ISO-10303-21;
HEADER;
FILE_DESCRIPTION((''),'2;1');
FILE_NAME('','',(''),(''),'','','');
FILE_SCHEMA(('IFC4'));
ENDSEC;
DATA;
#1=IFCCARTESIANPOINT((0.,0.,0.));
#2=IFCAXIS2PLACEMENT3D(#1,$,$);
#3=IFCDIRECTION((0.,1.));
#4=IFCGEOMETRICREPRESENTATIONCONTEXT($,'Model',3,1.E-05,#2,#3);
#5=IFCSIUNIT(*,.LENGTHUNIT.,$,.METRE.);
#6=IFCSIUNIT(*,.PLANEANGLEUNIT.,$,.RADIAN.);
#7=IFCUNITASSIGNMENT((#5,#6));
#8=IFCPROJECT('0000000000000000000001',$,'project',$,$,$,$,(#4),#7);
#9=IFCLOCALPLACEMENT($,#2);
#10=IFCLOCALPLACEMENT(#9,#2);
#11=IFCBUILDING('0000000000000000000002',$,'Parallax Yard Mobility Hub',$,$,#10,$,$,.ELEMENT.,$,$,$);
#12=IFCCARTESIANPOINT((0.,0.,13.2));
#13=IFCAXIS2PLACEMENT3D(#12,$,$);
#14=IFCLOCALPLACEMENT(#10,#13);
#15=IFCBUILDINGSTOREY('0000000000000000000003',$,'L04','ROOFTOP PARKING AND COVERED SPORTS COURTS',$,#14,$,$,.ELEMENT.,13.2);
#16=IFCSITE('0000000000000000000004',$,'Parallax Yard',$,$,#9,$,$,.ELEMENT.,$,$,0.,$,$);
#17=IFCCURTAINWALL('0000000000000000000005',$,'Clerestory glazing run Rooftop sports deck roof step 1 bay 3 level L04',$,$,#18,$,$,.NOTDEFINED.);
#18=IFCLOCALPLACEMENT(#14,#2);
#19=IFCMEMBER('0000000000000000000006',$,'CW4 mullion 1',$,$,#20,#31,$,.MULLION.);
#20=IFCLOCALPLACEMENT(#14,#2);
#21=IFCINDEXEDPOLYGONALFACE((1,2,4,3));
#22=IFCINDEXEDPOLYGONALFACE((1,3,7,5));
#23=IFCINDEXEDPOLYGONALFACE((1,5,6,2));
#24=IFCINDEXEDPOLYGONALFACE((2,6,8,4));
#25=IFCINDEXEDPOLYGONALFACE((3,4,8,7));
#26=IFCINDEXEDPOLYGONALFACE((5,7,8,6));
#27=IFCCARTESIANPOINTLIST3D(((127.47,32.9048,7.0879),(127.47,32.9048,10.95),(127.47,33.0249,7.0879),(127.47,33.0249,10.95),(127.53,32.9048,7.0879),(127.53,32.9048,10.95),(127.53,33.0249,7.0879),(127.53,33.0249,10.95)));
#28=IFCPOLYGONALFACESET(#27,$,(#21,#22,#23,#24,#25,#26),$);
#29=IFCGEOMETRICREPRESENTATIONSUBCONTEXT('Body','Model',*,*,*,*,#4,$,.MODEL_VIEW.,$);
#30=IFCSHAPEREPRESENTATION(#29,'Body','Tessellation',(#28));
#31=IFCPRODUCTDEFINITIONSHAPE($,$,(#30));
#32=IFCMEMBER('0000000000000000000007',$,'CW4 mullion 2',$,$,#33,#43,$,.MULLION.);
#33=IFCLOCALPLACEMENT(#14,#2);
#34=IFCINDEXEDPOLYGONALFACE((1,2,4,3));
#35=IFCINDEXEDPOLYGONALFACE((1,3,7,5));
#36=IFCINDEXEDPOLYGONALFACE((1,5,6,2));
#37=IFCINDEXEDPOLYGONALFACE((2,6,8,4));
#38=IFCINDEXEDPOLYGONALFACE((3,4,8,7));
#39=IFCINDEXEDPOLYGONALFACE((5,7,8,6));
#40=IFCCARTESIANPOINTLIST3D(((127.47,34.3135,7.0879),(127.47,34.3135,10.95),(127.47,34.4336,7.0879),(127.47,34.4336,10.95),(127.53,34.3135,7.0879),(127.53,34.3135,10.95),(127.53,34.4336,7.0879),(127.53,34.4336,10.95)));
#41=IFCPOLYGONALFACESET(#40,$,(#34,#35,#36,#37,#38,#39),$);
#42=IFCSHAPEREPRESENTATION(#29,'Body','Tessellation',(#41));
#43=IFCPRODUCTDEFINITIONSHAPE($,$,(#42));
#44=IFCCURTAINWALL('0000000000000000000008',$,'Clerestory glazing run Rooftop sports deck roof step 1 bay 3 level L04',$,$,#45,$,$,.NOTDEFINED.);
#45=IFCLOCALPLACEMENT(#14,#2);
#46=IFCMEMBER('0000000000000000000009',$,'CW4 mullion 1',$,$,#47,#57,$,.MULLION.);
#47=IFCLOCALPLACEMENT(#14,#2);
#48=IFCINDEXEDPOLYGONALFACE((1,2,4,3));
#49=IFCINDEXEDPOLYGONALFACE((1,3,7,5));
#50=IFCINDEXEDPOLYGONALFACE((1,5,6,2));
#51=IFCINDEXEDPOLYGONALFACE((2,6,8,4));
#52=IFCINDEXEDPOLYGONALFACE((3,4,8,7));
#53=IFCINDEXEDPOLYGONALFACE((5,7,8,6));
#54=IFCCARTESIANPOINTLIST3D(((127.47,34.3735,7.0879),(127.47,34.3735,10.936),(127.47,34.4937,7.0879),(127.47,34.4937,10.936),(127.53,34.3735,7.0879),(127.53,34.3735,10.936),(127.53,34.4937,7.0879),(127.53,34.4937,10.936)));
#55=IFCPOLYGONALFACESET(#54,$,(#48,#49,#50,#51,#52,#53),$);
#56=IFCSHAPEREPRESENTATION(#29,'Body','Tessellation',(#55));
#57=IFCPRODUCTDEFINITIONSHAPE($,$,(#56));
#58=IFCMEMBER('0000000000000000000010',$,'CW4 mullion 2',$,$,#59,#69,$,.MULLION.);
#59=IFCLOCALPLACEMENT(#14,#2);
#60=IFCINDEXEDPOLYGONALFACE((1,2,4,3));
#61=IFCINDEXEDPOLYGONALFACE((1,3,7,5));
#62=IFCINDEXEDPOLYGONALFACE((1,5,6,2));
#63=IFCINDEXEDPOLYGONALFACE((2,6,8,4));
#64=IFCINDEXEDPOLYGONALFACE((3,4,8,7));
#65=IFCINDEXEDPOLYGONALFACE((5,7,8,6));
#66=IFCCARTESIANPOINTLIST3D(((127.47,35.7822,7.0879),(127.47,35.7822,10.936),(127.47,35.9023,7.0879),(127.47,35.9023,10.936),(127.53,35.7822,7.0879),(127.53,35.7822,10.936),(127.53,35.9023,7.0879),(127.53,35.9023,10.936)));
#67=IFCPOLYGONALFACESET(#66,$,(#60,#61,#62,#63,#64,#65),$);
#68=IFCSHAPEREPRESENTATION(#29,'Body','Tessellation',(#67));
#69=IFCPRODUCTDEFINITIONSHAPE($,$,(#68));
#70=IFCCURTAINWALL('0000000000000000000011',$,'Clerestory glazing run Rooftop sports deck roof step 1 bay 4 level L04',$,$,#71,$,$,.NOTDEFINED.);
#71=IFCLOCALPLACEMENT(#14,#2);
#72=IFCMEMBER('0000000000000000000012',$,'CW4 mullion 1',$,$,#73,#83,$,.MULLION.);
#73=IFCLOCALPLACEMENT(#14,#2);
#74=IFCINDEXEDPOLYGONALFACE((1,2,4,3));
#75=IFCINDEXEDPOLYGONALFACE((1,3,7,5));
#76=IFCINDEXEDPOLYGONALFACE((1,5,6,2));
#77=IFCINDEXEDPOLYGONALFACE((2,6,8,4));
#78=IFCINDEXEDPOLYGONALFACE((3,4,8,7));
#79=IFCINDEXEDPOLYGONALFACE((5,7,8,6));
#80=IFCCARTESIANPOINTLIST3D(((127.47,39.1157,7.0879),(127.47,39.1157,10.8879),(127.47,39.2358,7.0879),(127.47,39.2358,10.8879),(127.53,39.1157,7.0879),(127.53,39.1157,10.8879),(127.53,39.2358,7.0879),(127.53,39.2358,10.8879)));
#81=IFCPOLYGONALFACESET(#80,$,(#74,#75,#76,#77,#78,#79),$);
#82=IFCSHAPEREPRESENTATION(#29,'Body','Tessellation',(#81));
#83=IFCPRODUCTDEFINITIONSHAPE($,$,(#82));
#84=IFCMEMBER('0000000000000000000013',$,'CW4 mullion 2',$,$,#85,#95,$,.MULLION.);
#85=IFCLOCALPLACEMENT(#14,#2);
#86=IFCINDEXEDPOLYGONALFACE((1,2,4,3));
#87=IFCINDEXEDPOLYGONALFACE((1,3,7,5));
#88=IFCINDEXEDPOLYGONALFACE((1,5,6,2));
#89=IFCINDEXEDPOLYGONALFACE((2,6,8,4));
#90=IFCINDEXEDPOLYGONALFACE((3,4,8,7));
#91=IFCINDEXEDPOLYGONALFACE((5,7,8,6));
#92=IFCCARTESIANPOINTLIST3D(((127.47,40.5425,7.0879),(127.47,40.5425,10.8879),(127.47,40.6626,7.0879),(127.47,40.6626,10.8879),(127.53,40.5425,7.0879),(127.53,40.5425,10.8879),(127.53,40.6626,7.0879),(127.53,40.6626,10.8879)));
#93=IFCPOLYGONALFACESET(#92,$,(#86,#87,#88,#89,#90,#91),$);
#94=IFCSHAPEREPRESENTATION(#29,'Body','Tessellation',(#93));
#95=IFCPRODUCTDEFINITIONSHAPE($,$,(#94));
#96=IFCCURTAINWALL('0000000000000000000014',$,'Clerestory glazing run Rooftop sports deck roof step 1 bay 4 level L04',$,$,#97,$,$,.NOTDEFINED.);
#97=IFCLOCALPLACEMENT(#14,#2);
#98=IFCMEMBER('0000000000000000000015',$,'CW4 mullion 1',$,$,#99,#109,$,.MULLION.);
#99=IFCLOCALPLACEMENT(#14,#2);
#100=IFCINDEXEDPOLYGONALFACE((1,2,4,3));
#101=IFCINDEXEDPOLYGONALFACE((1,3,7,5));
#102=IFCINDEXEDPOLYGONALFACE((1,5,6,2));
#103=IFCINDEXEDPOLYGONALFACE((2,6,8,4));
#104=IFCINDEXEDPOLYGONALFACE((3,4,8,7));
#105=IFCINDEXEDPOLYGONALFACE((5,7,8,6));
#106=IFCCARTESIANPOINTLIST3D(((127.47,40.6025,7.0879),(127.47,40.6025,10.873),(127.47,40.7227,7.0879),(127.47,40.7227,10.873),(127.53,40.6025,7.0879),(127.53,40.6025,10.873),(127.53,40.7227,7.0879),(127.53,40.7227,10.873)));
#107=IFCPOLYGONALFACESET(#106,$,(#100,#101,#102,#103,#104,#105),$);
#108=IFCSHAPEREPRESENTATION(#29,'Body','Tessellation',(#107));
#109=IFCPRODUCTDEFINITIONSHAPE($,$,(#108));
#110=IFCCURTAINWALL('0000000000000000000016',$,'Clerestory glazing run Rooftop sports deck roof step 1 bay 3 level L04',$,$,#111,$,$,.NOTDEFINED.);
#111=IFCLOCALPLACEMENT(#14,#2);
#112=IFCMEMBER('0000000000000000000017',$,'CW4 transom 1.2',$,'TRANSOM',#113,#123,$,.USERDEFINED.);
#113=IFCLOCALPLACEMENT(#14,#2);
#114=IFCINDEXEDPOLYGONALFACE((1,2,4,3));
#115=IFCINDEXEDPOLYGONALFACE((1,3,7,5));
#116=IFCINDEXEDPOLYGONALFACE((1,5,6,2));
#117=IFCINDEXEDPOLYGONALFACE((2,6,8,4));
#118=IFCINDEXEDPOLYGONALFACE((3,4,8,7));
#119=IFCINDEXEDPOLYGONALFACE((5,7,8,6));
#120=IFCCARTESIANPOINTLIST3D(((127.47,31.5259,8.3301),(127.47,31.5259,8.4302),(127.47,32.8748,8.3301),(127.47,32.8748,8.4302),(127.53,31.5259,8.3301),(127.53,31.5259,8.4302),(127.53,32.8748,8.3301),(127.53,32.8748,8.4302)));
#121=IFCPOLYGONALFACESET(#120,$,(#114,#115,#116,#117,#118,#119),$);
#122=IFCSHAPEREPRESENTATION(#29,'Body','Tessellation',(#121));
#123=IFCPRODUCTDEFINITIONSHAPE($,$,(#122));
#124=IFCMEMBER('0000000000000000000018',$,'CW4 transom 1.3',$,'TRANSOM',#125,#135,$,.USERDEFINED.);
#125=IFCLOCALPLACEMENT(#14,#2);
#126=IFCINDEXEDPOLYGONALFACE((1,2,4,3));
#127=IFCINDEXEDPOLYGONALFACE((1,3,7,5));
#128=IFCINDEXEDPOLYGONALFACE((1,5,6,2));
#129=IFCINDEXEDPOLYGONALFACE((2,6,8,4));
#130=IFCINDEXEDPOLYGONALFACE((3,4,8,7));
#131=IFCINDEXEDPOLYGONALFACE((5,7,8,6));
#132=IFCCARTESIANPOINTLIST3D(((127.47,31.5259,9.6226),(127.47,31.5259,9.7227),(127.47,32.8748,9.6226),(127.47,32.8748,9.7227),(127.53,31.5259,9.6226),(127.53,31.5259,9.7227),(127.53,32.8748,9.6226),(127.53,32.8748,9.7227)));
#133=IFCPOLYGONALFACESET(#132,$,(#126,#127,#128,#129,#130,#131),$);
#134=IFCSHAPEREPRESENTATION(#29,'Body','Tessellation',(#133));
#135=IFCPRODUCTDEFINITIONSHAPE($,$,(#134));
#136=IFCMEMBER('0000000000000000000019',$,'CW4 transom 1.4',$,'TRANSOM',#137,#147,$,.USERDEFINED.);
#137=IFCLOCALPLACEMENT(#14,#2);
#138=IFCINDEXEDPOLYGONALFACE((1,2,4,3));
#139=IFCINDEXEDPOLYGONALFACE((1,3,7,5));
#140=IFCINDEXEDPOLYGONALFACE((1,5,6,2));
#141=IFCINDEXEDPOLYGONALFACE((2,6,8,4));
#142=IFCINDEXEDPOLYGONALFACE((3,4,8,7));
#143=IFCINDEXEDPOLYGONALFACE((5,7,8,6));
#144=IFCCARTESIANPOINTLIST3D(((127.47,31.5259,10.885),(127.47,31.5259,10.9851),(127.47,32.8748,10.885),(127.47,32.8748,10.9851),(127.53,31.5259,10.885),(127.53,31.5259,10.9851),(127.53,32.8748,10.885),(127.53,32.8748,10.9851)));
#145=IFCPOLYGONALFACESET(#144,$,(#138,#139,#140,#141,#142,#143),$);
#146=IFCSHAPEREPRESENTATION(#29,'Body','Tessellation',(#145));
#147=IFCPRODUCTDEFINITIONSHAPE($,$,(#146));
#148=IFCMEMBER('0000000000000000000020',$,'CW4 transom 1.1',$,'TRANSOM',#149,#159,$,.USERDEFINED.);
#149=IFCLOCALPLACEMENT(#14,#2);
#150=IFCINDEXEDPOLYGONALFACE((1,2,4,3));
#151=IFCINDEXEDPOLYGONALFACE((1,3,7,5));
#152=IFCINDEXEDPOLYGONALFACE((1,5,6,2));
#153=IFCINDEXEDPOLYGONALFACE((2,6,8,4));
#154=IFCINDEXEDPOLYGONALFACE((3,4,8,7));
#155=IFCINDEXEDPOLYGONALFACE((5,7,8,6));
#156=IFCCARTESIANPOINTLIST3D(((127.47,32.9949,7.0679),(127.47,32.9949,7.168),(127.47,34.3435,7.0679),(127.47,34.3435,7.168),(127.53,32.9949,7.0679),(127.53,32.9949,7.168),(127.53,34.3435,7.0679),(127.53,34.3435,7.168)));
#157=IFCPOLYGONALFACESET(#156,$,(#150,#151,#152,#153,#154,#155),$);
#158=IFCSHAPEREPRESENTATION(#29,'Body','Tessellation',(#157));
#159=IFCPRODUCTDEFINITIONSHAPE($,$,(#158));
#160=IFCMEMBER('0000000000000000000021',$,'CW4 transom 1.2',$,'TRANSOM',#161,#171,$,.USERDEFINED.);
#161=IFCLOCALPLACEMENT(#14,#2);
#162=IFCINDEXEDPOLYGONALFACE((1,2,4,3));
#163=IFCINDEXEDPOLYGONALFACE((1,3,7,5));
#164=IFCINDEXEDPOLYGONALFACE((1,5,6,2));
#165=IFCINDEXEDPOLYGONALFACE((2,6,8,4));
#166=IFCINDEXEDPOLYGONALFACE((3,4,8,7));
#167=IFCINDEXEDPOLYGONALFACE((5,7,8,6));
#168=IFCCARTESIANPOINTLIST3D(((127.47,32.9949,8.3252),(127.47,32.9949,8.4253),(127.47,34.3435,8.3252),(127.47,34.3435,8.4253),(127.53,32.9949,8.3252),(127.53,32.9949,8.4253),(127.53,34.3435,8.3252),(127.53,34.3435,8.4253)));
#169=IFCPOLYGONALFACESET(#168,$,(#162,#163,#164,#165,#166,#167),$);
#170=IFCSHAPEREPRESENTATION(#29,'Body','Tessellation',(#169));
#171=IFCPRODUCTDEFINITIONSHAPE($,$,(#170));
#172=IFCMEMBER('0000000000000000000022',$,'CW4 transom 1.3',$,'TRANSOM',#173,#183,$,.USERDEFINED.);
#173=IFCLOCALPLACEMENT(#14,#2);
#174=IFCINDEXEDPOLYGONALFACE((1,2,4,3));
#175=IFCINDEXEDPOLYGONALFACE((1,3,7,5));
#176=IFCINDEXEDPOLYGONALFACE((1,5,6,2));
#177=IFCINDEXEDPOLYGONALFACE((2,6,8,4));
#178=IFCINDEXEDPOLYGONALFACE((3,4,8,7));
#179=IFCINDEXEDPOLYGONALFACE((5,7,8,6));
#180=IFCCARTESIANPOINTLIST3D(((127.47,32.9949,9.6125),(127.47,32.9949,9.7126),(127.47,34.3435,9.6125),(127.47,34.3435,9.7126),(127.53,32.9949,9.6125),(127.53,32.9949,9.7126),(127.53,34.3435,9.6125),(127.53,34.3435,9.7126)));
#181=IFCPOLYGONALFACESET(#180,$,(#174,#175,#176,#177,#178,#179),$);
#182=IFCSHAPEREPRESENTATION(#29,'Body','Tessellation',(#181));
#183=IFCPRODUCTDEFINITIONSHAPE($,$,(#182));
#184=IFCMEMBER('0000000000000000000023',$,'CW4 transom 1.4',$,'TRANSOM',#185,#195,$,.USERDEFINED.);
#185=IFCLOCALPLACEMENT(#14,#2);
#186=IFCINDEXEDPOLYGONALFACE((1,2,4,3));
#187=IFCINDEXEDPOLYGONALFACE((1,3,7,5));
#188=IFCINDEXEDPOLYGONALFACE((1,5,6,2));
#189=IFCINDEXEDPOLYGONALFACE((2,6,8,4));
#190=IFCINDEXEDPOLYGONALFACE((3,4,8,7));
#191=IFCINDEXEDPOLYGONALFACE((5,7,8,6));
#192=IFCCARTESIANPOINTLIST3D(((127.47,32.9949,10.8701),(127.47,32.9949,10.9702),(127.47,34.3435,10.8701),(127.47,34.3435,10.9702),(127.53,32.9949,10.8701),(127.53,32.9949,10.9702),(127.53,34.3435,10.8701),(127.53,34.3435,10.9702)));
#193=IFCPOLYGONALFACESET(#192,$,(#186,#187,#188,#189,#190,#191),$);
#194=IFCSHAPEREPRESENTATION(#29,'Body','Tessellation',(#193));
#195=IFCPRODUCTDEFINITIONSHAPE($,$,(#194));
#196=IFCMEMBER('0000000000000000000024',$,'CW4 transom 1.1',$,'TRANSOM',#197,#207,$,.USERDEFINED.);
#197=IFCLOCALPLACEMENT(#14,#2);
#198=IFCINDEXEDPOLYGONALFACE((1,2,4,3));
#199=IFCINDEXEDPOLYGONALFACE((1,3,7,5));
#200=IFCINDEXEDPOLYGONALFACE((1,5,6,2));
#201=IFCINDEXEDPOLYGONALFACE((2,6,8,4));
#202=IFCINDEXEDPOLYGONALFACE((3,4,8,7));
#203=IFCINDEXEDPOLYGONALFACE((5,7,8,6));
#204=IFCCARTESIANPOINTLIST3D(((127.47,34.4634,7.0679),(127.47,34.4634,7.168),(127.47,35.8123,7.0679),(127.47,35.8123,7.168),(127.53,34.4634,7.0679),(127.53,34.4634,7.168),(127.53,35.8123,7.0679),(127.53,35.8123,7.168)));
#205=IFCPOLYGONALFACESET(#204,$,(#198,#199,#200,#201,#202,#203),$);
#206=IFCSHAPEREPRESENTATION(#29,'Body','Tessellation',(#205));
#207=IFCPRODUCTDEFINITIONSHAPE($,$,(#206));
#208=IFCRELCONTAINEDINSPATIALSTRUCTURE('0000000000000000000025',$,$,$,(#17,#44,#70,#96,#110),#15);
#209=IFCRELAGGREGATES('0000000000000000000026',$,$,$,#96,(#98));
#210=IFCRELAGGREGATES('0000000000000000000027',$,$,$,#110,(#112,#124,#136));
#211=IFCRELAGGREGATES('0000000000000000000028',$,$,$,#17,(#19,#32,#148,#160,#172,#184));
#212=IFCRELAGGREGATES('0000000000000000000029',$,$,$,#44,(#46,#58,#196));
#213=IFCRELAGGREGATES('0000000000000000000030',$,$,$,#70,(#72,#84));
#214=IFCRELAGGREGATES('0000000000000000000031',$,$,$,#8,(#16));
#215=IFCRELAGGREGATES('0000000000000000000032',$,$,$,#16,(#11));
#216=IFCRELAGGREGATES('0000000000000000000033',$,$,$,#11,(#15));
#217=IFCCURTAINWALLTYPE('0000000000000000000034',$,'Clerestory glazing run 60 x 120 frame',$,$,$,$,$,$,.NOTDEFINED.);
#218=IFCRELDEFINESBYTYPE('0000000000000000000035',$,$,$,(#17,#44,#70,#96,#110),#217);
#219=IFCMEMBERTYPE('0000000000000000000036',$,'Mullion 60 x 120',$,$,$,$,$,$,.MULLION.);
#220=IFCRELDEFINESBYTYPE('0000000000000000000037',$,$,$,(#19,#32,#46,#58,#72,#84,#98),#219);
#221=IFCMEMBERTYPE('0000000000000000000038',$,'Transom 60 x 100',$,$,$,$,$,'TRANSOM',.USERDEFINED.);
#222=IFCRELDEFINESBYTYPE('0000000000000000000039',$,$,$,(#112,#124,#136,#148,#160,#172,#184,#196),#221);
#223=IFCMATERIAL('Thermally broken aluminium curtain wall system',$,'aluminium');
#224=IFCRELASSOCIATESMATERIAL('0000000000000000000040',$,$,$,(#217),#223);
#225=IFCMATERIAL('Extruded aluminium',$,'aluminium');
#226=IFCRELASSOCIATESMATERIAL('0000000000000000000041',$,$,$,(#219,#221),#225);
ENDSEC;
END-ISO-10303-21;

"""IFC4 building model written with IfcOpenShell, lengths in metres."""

from ifc_helpers import new_model, si_unit, direction, frame, origin, origin_2d, place, context, subcontext, project, spatial, rectangle, extrude, material, material_profile, profile_set, type_object, element, aggregate, save


model = new_model("IFC4")

# Units and contexts
model_context = context("Model", 3, precision=1e-05, world=origin(), true_north=direction((0.0, 1.0)))
body_context = subcontext(model_context, "Body", "Model", "MODEL_VIEW")
ifc_project = project(units=[si_unit("LENGTHUNIT", "METRE"), si_unit("PLANEANGLEUNIT", "RADIAN")], contexts=[model_context])

# Site, building, storey
site_placement = place(None, origin())
site = spatial("IfcSite", under=ifc_project, at=site_placement, Name="Parallax Yard", CompositionType="ELEMENT", RefElevation=0.0)
building_placement = place(site_placement, origin())
building = spatial("IfcBuilding", under=site, at=building_placement, Name="Parallax Yard Mobility Hub", CompositionType="ELEMENT")
storey_placement = place(building_placement, frame((0.0, 0.0, 13.2)))
storey = spatial("IfcBuildingStorey", under=building, at=storey_placement, Name="L04", Description="ROOFTOP PARKING AND COVERED SPORTS COURTS", CompositionType="ELEMENT", Elevation=13.2)

# Curtain walls, members
ifc_material_1 = material(Name="Thermally broken aluminium curtain wall system", Category="aluminium")
curtain_wall_type = type_object("IfcCurtainWallType", Name="Clerestory glazing run 60 x 120 frame", PredefinedType="NOTDEFINED", material=ifc_material_1)
curtain_wall_1_placement = place(storey_placement, origin())
curtain_wall_1 = element("IfcCurtainWall", 1, at=curtain_wall_1_placement, inside=storey, type_object=curtain_wall_type, Name="Clerestory glazing run Rooftop sports deck roof step 1 bay 3 level L04", PredefinedType="NOTDEFINED")
ifc_material_2 = material(Name="Extruded aluminium", Category="aluminium")
ifc_material_profile_1 = material_profile(ifc_material_2, rectangle(XDim=0.0601, YDim=0.1201, at=origin_2d()), Name="Mullion 60 x 120")
ifc_profile_set_1 = profile_set([ifc_material_profile_1], Name="Extruded aluminium")
member_type_1 = type_object("IfcMemberType", Name="Mullion 60 x 120", PredefinedType="MULLION", material=ifc_profile_set_1)
member_1_placement = place(storey_placement, frame((127.5, 32.9648, 7.0879), z_axis=(0.0, 0.0, 1.0), x_axis=(-1.0, 0.0, 0.0)))
member_1 = element("IfcMember", 2, at=member_1_placement, type_object=member_type_1, Name="CW4 mullion 1", PredefinedType="MULLION", context=body_context, shape_type="SweptSolid", body=[
    extrude(rectangle(XDim=0.0601, YDim=0.1201, at=origin_2d()), origin(), (0.0, 0.0, 1.0), 3.8621),
])
member_2_placement = place(storey_placement, frame((127.5, 34.3735, 7.0879), z_axis=(0.0, 0.0, 1.0), x_axis=(-1.0, 0.0, 0.0)))
member_2 = element("IfcMember", 3, at=member_2_placement, type_object=member_type_1, Name="CW4 mullion 2", PredefinedType="MULLION", context=body_context, shape_type="SweptSolid", body=[
    extrude(rectangle(XDim=0.0601, YDim=0.1201, at=origin_2d()), origin(), (0.0, 0.0, 1.0), 3.8621),
])
curtain_wall_2_placement = place(storey_placement, origin())
curtain_wall_2 = element("IfcCurtainWall", 4, at=curtain_wall_2_placement, inside=storey, type_object=curtain_wall_type, Name="Clerestory glazing run Rooftop sports deck roof step 1 bay 3 level L04", PredefinedType="NOTDEFINED")
member_3_placement = place(storey_placement, frame((127.5, 34.4336, 7.0879), z_axis=(0.0, 0.0, 1.0), x_axis=(-1.0, 0.0, 0.0)))
member_3 = element("IfcMember", 5, at=member_3_placement, type_object=member_type_1, Name="CW4 mullion 1", PredefinedType="MULLION", context=body_context, shape_type="SweptSolid", body=[
    extrude(rectangle(XDim=0.0601, YDim=0.1201, at=origin_2d()), origin(), (0.0, 0.0, 1.0), 3.8481),
])
member_4_placement = place(storey_placement, frame((127.5, 35.8423, 7.0879), z_axis=(0.0, 0.0, 1.0), x_axis=(-1.0, 0.0, 0.0)))
member_4 = element("IfcMember", 6, at=member_4_placement, type_object=member_type_1, Name="CW4 mullion 2", PredefinedType="MULLION", context=body_context, shape_type="SweptSolid", body=[
    extrude(rectangle(XDim=0.0601, YDim=0.1201, at=origin_2d()), origin(), (0.0, 0.0, 1.0), 3.8481),
])
curtain_wall_3_placement = place(storey_placement, origin())
curtain_wall_3 = element("IfcCurtainWall", 7, at=curtain_wall_3_placement, inside=storey, type_object=curtain_wall_type, Name="Clerestory glazing run Rooftop sports deck roof step 1 bay 4 level L04", PredefinedType="NOTDEFINED")
member_5_placement = place(storey_placement, frame((127.5, 39.1758, 7.0879), z_axis=(0.0, 0.0, 1.0), x_axis=(-1.0, 0.0, 0.0)))
member_5 = element("IfcMember", 8, at=member_5_placement, type_object=member_type_1, Name="CW4 mullion 1", PredefinedType="MULLION", context=body_context, shape_type="SweptSolid", body=[
    extrude(rectangle(XDim=0.0601, YDim=0.1201, at=origin_2d()), origin(), (0.0, 0.0, 1.0), 3.8),
])
member_6_placement = place(storey_placement, frame((127.5, 40.6025, 7.0879), z_axis=(0.0, 0.0, 1.0), x_axis=(-1.0, 0.0, 0.0)))
member_6 = element("IfcMember", 9, at=member_6_placement, type_object=member_type_1, Name="CW4 mullion 2", PredefinedType="MULLION", context=body_context, shape_type="SweptSolid", body=[
    extrude(rectangle(XDim=0.0601, YDim=0.1201, at=origin_2d()), origin(), (0.0, 0.0, 1.0), 3.8),
])

# Curtain wall, member
curtain_wall_4_placement = place(storey_placement, origin())
curtain_wall_4 = element("IfcCurtainWall", 10, at=curtain_wall_4_placement, inside=storey, type_object=curtain_wall_type, Name="Clerestory glazing run Rooftop sports deck roof step 1 bay 4 level L04", PredefinedType="NOTDEFINED")
member_7_placement = place(storey_placement, frame((127.5, 40.6626, 7.0879), z_axis=(0.0, 0.0, 1.0), x_axis=(-1.0, 0.0, 0.0)))
member_7 = element("IfcMember", 11, at=member_7_placement, type_object=member_type_1, Name="CW4 mullion 1", PredefinedType="MULLION", context=body_context, shape_type="SweptSolid", body=[
    extrude(rectangle(XDim=0.0601, YDim=0.1201, at=origin_2d()), origin(), (0.0, 0.0, 1.0), 3.7852),
])
aggregate(curtain_wall_4, [member_7])

# Curtain wall, members
curtain_wall_5_placement = place(storey_placement, origin())
curtain_wall_5 = element("IfcCurtainWall", 12, at=curtain_wall_5_placement, inside=storey, type_object=curtain_wall_type, Name="Clerestory glazing run Rooftop sports deck roof step 1 bay 3 level L04", PredefinedType="NOTDEFINED")
ifc_material_profile_2 = material_profile(ifc_material_2, rectangle(XDim=0.0601, YDim=0.1001, at=origin_2d()), Name="Transom 60 x 100")
ifc_profile_set_2 = profile_set([ifc_material_profile_2], Name="Extruded aluminium")
member_type_2 = type_object("IfcMemberType", Name="Transom 60 x 100", ElementType="TRANSOM", PredefinedType="USERDEFINED", material=ifc_profile_set_2)
member_8_placement = place(storey_placement, frame((127.5, 31.5259, 8.3801), z_axis=(0.0, 1.0, 0.0), x_axis=(-1.0, 0.0, 0.0)))
member_8 = element("IfcMember", 13, at=member_8_placement, type_object=member_type_2, Name="CW4 transom 1.2", ObjectType="TRANSOM", PredefinedType="USERDEFINED", context=body_context, shape_type="SweptSolid", body=[
    extrude(rectangle(XDim=0.0601, YDim=0.1001, at=origin_2d()), origin(), (0.0, 0.0, 1.0), 1.3489),
])
member_9_placement = place(storey_placement, frame((127.5, 31.5259, 9.6726), z_axis=(0.0, 1.0, 0.0), x_axis=(-1.0, 0.0, 0.0)))
member_9 = element("IfcMember", 14, at=member_9_placement, type_object=member_type_2, Name="CW4 transom 1.3", ObjectType="TRANSOM", PredefinedType="USERDEFINED", context=body_context, shape_type="SweptSolid", body=[
    extrude(rectangle(XDim=0.0601, YDim=0.1001, at=origin_2d()), origin(), (0.0, 0.0, 1.0), 1.3489),
])
member_10_placement = place(storey_placement, frame((127.5, 31.5259, 10.9351), z_axis=(0.0, 1.0, 0.0), x_axis=(-1.0, 0.0, 0.0)))
member_10 = element("IfcMember", 15, at=member_10_placement, type_object=member_type_2, Name="CW4 transom 1.4", ObjectType="TRANSOM", PredefinedType="USERDEFINED", context=body_context, shape_type="SweptSolid", body=[
    extrude(rectangle(XDim=0.0601, YDim=0.1001, at=origin_2d()), origin(), (0.0, 0.0, 1.0), 1.3489),
])

# Members
member_11_placement = place(storey_placement, frame((127.5, 32.9949, 7.1179), z_axis=(0.0, 1.0, 0.0), x_axis=(-1.0, 0.0, 0.0)))
member_11 = element("IfcMember", 16, at=member_11_placement, type_object=member_type_2, Name="CW4 transom 1.1", ObjectType="TRANSOM", PredefinedType="USERDEFINED", context=body_context, shape_type="SweptSolid", body=[
    extrude(rectangle(XDim=0.0601, YDim=0.1001, at=origin_2d()), origin(), (0.0, 0.0, 1.0), 1.3486),
])
member_12_placement = place(storey_placement, frame((127.5, 32.9949, 8.3752), z_axis=(0.0, 1.0, 0.0), x_axis=(-1.0, 0.0, 0.0)))
member_12 = element("IfcMember", 17, at=member_12_placement, type_object=member_type_2, Name="CW4 transom 1.2", ObjectType="TRANSOM", PredefinedType="USERDEFINED", context=body_context, shape_type="SweptSolid", body=[
    extrude(rectangle(XDim=0.0601, YDim=0.1001, at=origin_2d()), origin(), (0.0, 0.0, 1.0), 1.3486),
])
member_13_placement = place(storey_placement, frame((127.5, 32.9949, 9.6626), z_axis=(0.0, 1.0, 0.0), x_axis=(-1.0, 0.0, 0.0)))
member_13 = element("IfcMember", 18, at=member_13_placement, type_object=member_type_2, Name="CW4 transom 1.3", ObjectType="TRANSOM", PredefinedType="USERDEFINED", context=body_context, shape_type="SweptSolid", body=[
    extrude(rectangle(XDim=0.0601, YDim=0.1001, at=origin_2d()), origin(), (0.0, 0.0, 1.0), 1.3486),
])
member_14_placement = place(storey_placement, frame((127.5, 32.9949, 10.9202), z_axis=(0.0, 1.0, 0.0), x_axis=(-1.0, 0.0, 0.0)))
member_14 = element("IfcMember", 19, at=member_14_placement, type_object=member_type_2, Name="CW4 transom 1.4", ObjectType="TRANSOM", PredefinedType="USERDEFINED", context=body_context, shape_type="SweptSolid", body=[
    extrude(rectangle(XDim=0.0601, YDim=0.1001, at=origin_2d()), origin(), (0.0, 0.0, 1.0), 1.3486),
])
member_15_placement = place(storey_placement, frame((127.5, 34.4634, 7.1179), z_axis=(0.0, 1.0, 0.0), x_axis=(-1.0, 0.0, 0.0)))
member_15 = element("IfcMember", 20, at=member_15_placement, type_object=member_type_2, Name="CW4 transom 1.1", ObjectType="TRANSOM", PredefinedType="USERDEFINED", context=body_context, shape_type="SweptSolid", body=[
    extrude(rectangle(XDim=0.0601, YDim=0.1001, at=origin_2d()), origin(), (0.0, 0.0, 1.0), 1.3489),
])

aggregate(curtain_wall_5, [member_8, member_9, member_10])
aggregate(curtain_wall_1, [member_1, member_2, member_11, member_12, member_13, member_14])
aggregate(curtain_wall_2, [member_3, member_4, member_15])
aggregate(curtain_wall_3, [member_5, member_6])

save(model, "model.ifc")
